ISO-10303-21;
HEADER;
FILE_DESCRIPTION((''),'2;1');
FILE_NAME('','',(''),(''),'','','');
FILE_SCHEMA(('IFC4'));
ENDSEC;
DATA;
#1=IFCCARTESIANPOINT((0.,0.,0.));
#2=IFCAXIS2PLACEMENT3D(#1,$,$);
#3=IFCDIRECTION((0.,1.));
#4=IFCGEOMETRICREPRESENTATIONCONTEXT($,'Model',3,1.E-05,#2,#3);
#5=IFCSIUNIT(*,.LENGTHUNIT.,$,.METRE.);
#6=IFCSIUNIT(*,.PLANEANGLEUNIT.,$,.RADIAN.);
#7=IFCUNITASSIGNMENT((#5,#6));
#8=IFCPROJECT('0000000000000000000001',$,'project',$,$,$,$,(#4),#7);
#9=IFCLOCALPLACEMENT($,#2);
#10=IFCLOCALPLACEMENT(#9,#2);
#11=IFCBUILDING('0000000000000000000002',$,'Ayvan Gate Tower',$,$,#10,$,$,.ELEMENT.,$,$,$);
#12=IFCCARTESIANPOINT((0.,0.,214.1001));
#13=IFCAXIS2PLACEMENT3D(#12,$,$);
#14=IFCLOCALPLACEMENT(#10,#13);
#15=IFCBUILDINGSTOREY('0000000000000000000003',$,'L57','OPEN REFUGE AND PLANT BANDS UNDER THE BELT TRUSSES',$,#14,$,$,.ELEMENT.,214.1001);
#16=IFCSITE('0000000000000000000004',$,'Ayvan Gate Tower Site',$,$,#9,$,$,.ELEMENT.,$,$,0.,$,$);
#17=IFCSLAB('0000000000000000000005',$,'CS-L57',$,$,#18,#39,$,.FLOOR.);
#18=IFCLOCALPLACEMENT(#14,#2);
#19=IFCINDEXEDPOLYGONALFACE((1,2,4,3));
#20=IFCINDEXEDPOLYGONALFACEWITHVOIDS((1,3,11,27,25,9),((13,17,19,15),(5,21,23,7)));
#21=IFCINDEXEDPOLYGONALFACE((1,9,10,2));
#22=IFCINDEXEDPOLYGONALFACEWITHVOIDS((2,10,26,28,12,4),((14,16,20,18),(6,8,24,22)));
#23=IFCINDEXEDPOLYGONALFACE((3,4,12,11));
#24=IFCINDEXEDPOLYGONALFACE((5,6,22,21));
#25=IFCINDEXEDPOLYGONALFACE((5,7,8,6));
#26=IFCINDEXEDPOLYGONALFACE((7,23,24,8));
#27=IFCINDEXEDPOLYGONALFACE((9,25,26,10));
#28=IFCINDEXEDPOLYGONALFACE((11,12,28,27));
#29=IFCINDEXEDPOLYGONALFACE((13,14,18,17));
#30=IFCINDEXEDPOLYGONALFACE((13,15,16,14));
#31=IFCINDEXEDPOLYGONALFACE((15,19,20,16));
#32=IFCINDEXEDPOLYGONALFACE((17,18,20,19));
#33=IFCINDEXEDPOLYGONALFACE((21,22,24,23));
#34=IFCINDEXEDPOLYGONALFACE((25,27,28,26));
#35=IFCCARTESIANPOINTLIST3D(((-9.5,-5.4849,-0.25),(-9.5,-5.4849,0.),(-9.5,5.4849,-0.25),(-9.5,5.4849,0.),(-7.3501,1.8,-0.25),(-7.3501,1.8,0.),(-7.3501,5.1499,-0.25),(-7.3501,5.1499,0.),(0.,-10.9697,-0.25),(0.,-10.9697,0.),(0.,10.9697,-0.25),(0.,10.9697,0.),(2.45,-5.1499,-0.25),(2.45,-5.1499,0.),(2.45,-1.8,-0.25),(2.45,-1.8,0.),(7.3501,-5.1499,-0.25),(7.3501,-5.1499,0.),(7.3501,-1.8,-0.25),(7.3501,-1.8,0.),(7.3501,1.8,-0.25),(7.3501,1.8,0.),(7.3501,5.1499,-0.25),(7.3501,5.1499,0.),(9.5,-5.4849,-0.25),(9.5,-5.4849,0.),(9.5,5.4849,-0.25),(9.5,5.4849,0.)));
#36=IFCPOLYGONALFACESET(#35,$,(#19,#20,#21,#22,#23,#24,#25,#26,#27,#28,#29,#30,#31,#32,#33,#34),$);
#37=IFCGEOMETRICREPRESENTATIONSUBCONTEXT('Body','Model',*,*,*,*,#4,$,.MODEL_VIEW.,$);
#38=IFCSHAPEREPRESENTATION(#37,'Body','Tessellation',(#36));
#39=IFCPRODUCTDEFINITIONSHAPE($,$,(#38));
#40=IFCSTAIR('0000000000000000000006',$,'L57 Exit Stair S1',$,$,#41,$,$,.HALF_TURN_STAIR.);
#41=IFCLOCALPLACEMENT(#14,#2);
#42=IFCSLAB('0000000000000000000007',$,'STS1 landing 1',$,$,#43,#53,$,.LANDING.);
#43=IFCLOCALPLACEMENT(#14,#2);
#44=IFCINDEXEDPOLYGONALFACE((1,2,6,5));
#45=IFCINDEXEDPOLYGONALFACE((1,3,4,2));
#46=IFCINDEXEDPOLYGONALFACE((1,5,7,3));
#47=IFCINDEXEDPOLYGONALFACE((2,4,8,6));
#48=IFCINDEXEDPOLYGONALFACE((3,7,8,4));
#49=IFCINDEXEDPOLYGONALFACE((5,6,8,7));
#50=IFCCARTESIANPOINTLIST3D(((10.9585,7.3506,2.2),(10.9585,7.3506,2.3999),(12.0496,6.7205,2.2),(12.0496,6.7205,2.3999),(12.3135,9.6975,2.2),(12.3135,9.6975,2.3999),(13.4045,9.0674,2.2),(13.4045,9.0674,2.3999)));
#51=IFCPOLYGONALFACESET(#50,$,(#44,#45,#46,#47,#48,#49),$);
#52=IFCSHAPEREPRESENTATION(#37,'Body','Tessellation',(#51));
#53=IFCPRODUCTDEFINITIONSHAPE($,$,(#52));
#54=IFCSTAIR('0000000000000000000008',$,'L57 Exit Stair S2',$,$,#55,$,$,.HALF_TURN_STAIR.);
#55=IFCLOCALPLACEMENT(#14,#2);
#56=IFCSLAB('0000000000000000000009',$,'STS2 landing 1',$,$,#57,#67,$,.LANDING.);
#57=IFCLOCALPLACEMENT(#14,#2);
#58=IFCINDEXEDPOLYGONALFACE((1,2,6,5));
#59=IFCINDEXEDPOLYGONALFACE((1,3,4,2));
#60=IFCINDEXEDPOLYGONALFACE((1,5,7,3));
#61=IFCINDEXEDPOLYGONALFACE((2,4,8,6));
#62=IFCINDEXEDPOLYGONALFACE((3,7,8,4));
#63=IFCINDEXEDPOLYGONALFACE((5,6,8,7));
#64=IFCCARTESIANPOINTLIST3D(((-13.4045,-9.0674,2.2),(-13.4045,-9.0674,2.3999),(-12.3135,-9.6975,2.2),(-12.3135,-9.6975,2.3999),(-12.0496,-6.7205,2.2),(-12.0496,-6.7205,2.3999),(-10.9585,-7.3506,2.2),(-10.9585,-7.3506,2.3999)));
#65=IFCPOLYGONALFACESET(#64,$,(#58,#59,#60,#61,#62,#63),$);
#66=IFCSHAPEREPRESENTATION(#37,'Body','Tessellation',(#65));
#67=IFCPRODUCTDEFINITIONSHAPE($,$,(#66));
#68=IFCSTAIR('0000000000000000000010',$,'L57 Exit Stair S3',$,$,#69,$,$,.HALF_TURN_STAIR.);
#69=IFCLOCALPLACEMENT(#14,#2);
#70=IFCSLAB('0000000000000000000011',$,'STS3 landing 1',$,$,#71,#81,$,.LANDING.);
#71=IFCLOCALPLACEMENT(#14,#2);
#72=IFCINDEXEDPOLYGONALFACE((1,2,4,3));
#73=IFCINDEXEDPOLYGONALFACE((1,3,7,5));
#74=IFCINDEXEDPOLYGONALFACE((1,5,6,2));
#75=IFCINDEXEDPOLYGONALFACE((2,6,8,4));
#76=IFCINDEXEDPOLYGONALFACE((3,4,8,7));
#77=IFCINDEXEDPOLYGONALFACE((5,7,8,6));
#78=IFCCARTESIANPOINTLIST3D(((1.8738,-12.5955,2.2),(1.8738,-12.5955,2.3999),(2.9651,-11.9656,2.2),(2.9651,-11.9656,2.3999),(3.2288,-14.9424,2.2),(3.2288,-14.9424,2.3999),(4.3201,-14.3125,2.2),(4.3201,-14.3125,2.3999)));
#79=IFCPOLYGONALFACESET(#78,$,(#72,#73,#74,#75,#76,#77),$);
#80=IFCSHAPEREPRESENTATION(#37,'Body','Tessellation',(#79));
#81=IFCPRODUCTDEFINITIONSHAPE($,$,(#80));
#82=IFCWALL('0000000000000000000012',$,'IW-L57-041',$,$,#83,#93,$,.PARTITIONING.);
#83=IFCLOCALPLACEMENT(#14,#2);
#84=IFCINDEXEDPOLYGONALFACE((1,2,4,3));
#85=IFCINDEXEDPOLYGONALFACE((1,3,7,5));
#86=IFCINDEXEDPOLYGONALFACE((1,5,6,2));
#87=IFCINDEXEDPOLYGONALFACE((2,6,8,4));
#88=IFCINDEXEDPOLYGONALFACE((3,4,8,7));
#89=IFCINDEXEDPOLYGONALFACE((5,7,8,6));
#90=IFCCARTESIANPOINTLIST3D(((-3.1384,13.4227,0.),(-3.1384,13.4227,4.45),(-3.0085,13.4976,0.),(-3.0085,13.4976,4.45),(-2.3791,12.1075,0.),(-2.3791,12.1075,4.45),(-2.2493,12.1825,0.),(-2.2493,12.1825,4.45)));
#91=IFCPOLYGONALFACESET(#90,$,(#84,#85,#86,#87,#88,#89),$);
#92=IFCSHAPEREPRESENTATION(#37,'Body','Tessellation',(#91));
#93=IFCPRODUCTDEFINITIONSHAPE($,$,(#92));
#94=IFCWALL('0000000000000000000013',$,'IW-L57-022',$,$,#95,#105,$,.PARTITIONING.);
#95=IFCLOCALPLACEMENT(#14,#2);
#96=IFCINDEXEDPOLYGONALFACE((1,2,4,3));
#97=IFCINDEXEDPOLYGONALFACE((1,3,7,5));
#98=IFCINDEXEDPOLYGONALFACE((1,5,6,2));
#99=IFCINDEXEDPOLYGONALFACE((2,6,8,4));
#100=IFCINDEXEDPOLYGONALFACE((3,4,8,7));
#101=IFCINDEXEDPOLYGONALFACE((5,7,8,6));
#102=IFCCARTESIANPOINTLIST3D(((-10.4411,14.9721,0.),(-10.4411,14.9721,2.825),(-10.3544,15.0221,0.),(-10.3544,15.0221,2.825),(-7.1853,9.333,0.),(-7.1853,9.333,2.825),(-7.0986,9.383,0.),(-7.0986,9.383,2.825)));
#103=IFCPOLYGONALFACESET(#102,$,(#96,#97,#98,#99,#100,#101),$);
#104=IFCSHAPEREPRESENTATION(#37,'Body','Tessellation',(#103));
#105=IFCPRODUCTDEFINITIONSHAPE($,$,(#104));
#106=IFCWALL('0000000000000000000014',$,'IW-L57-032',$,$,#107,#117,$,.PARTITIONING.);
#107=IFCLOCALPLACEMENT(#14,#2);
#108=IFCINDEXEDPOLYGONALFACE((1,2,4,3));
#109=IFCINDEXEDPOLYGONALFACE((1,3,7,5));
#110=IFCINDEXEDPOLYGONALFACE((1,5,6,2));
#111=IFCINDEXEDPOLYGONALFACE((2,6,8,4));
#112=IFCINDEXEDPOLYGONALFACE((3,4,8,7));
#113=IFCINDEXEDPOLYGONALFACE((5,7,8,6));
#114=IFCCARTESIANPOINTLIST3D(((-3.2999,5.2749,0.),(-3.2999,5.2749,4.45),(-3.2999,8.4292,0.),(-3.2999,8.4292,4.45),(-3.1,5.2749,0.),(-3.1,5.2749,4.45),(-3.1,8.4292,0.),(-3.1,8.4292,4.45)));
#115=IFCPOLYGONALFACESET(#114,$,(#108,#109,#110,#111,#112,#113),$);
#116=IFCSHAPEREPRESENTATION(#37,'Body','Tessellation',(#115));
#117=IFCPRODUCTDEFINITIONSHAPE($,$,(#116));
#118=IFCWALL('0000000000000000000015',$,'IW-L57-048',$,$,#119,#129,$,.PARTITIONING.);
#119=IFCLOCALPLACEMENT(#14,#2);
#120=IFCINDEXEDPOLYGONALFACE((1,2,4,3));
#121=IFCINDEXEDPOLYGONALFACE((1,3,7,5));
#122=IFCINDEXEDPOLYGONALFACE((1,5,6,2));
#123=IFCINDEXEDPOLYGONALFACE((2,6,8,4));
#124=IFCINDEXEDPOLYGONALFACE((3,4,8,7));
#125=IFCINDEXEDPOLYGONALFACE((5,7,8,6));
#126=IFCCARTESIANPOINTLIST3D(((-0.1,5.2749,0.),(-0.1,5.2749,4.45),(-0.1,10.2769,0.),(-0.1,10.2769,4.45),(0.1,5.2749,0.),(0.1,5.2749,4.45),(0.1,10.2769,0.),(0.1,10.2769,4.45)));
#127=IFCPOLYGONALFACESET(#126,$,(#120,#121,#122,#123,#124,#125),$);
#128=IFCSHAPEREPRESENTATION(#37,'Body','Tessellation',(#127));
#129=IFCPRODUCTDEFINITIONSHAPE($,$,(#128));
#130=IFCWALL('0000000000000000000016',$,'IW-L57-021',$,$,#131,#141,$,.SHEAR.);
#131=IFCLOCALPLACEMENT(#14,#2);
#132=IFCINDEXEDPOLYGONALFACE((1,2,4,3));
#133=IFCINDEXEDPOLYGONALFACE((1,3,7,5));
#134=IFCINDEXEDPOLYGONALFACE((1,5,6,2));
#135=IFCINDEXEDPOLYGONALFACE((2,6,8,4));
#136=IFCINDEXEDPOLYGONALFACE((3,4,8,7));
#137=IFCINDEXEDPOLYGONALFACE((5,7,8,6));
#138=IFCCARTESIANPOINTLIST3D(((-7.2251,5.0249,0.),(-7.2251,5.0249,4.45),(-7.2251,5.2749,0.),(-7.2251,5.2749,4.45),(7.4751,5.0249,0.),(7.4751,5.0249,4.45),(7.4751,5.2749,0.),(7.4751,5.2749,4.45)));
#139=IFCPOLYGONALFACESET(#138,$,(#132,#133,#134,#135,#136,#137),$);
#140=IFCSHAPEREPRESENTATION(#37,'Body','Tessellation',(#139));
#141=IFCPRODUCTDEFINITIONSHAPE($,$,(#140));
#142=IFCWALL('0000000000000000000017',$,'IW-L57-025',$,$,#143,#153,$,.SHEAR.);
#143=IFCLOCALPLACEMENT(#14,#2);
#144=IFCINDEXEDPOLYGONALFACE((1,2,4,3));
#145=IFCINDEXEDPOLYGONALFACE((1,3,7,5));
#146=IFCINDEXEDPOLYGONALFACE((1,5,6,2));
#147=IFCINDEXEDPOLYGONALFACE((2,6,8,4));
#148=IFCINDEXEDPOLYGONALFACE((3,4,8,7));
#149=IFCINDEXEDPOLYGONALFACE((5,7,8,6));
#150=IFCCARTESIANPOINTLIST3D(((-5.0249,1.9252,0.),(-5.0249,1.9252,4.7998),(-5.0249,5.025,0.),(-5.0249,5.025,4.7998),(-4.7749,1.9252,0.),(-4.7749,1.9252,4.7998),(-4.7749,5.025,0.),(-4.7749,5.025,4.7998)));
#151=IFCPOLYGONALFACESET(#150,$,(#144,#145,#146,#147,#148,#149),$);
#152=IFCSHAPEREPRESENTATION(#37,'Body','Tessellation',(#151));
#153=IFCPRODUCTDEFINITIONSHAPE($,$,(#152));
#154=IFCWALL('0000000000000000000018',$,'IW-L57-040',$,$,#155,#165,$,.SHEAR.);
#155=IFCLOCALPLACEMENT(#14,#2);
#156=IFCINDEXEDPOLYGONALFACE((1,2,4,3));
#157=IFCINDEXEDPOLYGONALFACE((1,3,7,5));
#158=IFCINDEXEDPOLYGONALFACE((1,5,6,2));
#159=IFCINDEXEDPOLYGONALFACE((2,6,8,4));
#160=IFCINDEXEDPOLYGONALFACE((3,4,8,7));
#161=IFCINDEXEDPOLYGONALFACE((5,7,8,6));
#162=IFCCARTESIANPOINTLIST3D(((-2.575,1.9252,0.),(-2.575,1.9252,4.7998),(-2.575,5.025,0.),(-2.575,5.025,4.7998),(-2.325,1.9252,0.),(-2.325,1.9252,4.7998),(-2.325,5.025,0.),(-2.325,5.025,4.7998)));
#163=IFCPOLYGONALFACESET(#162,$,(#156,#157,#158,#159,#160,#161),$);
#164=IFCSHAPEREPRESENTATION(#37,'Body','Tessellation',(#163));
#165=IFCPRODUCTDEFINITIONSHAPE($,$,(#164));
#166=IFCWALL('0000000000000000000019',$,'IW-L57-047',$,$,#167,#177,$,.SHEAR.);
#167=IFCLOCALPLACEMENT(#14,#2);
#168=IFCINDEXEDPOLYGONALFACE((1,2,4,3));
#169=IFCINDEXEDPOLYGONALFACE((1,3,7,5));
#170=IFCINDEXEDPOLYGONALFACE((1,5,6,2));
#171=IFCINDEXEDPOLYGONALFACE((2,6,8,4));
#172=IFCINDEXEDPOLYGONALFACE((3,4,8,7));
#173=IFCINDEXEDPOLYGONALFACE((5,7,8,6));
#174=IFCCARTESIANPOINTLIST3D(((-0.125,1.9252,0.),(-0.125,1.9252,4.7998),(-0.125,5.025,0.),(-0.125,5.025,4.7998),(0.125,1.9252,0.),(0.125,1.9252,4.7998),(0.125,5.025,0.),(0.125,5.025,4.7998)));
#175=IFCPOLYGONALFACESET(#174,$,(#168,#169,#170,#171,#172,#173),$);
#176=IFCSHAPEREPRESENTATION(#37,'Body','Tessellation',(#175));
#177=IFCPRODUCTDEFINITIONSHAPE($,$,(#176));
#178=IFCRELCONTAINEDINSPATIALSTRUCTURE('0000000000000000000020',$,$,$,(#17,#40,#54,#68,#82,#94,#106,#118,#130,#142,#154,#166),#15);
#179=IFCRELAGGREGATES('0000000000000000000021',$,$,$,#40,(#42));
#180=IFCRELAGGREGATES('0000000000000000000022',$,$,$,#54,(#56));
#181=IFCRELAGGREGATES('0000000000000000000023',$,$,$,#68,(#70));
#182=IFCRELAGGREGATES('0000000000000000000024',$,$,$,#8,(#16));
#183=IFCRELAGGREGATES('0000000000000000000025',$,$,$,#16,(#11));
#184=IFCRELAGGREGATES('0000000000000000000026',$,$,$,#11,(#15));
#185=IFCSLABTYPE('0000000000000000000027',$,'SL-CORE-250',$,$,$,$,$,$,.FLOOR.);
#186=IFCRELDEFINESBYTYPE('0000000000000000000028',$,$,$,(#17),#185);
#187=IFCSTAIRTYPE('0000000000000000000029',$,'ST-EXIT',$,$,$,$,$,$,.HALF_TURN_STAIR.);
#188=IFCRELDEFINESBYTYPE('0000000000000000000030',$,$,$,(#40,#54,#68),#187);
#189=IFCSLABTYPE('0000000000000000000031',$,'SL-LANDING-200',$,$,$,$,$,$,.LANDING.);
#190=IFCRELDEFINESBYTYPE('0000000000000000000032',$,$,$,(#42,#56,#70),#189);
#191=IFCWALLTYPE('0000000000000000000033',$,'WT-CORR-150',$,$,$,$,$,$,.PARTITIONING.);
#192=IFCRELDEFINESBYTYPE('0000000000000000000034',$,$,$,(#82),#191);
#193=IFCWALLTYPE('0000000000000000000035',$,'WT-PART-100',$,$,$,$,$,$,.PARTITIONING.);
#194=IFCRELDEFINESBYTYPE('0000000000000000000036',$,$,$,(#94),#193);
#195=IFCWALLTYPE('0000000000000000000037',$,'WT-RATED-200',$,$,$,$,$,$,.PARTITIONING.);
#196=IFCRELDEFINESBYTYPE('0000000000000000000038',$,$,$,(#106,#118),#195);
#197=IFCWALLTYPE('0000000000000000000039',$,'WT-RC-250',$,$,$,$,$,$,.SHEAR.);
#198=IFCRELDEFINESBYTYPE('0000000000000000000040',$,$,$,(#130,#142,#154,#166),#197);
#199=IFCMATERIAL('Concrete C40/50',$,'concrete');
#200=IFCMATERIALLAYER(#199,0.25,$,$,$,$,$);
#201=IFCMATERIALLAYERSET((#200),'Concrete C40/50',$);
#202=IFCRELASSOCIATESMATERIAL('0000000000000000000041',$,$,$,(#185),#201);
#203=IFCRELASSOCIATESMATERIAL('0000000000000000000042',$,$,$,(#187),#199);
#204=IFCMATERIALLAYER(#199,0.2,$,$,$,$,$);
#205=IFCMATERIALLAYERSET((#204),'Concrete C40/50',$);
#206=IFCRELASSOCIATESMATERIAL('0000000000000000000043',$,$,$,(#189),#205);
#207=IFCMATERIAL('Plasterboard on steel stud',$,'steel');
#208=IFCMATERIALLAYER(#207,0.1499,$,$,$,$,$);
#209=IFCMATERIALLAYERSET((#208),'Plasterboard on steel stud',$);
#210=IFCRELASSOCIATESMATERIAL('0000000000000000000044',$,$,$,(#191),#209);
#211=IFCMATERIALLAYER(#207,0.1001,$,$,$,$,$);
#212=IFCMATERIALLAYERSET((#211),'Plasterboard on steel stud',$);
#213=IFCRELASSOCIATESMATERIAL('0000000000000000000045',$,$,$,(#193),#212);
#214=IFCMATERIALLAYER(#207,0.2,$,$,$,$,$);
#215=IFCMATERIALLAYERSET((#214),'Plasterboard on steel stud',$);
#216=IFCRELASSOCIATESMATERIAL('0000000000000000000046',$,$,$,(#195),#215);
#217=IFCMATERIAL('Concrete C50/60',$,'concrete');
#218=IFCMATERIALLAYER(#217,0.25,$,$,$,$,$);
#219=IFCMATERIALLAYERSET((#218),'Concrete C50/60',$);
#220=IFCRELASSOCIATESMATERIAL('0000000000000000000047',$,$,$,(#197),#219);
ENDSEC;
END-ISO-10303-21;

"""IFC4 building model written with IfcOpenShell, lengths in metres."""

from ifc_helpers import new_model, si_unit, direction, frame, frame_2d, origin, place, context, subcontext, project, spatial, polyline, rectangle, outline, extrude, material, layer, layer_set, type_object, element, aggregate, save


model = new_model("IFC4")

# Units and contexts
model_context = context("Model", 3, precision=1e-05, world=origin(), true_north=direction((0.0, 1.0)))
body_context = subcontext(model_context, "Body", "Model", "MODEL_VIEW")
ifc_project = project(units=[si_unit("LENGTHUNIT", "METRE"), si_unit("PLANEANGLEUNIT", "RADIAN")], contexts=[model_context])

# Site, building, storey
site_placement = place(None, origin())
site = spatial("IfcSite", under=ifc_project, at=site_placement, Name="Ayvan Gate Tower Site", CompositionType="ELEMENT", RefElevation=0.0)
building_placement = place(site_placement, origin())
building = spatial("IfcBuilding", under=site, at=building_placement, Name="Ayvan Gate Tower", CompositionType="ELEMENT")
storey_placement = place(building_placement, frame((0.0, 0.0, 214.1001)))
storey = spatial("IfcBuildingStorey", under=building, at=storey_placement, Name="L57", Description="OPEN REFUGE AND PLANT BANDS UNDER THE BELT TRUSSES", CompositionType="ELEMENT", Elevation=214.1001)

# Slab
ifc_material_1 = material(Name="Concrete C40/50", Category="concrete")
ifc_layer_1 = layer(ifc_material_1, 0.25)
ifc_layer_set_1 = layer_set([ifc_layer_1], Name="Concrete C40/50")
slab_type_1 = type_object("IfcSlabType", Name="SL-CORE-250", PredefinedType="FLOOR", material=ifc_layer_set_1)
slab_1_placement = place(storey_placement, frame((0.0, 0.0, -0.25)))
element("IfcSlab", 1, at=slab_1_placement, inside=storey, type_object=slab_type_1, Name="CS-L57", PredefinedType="FLOOR", context=body_context, shape_type="SweptSolid", body=[
    extrude(outline(polyline([(9.5, -5.4849), (0.0, -10.9697), (-9.5, -5.4849), (-9.5, 5.4849), (0.0, 10.9697), (9.5, 5.4849), (9.5, -5.4849)]), holes=[polyline([(-7.3501, 5.1499), (-7.3501, 1.8), (7.3501, 1.8), (7.3501, 5.1499), (-7.3501, 5.1499)]), polyline([(2.45, -1.8), (2.45, -5.1499), (7.3501, -5.1499), (7.3501, -1.8), (2.45, -1.8)])]), origin(), (0.0, 0.0, 1.0), 0.25),
])

# Stairs, slabs
stair_type = type_object("IfcStairType", Name="ST-EXIT", PredefinedType="HALF_TURN_STAIR", material=ifc_material_1)
stair_1_placement = place(storey_placement, origin())
stair_1 = element("IfcStair", 2, at=stair_1_placement, inside=storey, type_object=stair_type, Name="L57 Exit Stair S1", PredefinedType="HALF_TURN_STAIR")
ifc_layer_2 = layer(ifc_material_1, 0.2)
ifc_layer_set_2 = layer_set([ifc_layer_2], Name="Concrete C40/50")
slab_type_2 = type_object("IfcSlabType", Name="SL-LANDING-200", PredefinedType="LANDING", material=ifc_layer_set_2)
slab_2_placement = place(storey_placement, frame((0.0, 0.0, 2.2)))
slab_2 = element("IfcSlab", 3, at=slab_2_placement, type_object=slab_type_2, Name="STS1 landing 1", PredefinedType="LANDING", context=body_context, shape_type="SweptSolid", body=[
    extrude(outline(polyline([(10.9585, 7.3506), (12.0496, 6.7205), (13.4045, 9.0674), (12.3135, 9.6975), (10.9585, 7.3506)])), origin(), (0.0, 0.0, 1.0), 0.2),
])
aggregate(stair_1, [slab_2])
stair_2_placement = place(storey_placement, origin())
stair_2 = element("IfcStair", 4, at=stair_2_placement, inside=storey, type_object=stair_type, Name="L57 Exit Stair S2", PredefinedType="HALF_TURN_STAIR")
slab_3_placement = place(storey_placement, frame((0.0, 0.0, 2.2)))
slab_3 = element("IfcSlab", 5, at=slab_3_placement, type_object=slab_type_2, Name="STS2 landing 1", PredefinedType="LANDING", context=body_context, shape_type="SweptSolid", body=[
    extrude(outline(polyline([(-10.9585, -7.3506), (-12.0496, -6.7205), (-13.4045, -9.0674), (-12.3135, -9.6975), (-10.9585, -7.3506)])), origin(), (0.0, 0.0, 1.0), 0.2),
])
aggregate(stair_2, [slab_3])
stair_3_placement = place(storey_placement, origin())
stair_3 = element("IfcStair", 6, at=stair_3_placement, inside=storey, type_object=stair_type, Name="L57 Exit Stair S3", PredefinedType="HALF_TURN_STAIR")
slab_4_placement = place(storey_placement, frame((0.0, 0.0, 2.2)))
slab_4 = element("IfcSlab", 7, at=slab_4_placement, type_object=slab_type_2, Name="STS3 landing 1", PredefinedType="LANDING", context=body_context, shape_type="SweptSolid", body=[
    extrude(outline(polyline([(2.9651, -11.9656), (1.8738, -12.5955), (3.2288, -14.9424), (4.3201, -14.3125), (2.9651, -11.9656)])), origin(), (0.0, 0.0, 1.0), 0.2),
])
aggregate(stair_3, [slab_4])

# Walls
ifc_material_2 = material(Name="Plasterboard on steel stud", Category="steel")
ifc_layer_3 = layer(ifc_material_2, 0.1499)
ifc_layer_set_3 = layer_set([ifc_layer_3], Name="Plasterboard on steel stud")
wall_type_1 = type_object("IfcWallType", Name="WT-CORR-150", PredefinedType="PARTITIONING", material=ifc_layer_set_3)
wall_1_placement = place(storey_placement, frame((-2.3142, 12.145, 0.0), z_axis=(0.0, 0.0, 1.0), x_axis=(-0.499978, 0.866038, 0.0)))
element("IfcWall", 8, at=wall_1_placement, inside=storey, type_object=wall_type_1, Name="IW-L57-041", PredefinedType="PARTITIONING", context=body_context, shape_type="SweptSolid", body=[
    extrude(rectangle(XDim=1.5186, YDim=0.1499, at=frame_2d((0.7593, 0.0))), origin(), (0.0, 0.0, 1.0), 4.45),
])
ifc_layer_4 = layer(ifc_material_2, 0.1001)
ifc_layer_set_4 = layer_set([ifc_layer_4], Name="Plasterboard on steel stud")
wall_type_2 = type_object("IfcWallType", Name="WT-PART-100", PredefinedType="PARTITIONING", material=ifc_layer_set_4)
wall_2_placement = place(storey_placement, frame((-7.1418, 9.3579, 0.0), z_axis=(0.0, 0.0, 1.0), x_axis=(-0.50001, 0.86602, 0.0)))
element("IfcWall", 9, at=wall_2_placement, inside=storey, type_object=wall_type_2, Name="IW-L57-022", PredefinedType="PARTITIONING", context=body_context, shape_type="SweptSolid", body=[
    extrude(rectangle(XDim=6.5115, YDim=0.1001, at=frame_2d((3.2559, 0.0))), origin(), (0.0, 0.0, 1.0), 2.825),
])
ifc_layer_5 = layer(ifc_material_2, 0.2)
ifc_layer_set_5 = layer_set([ifc_layer_5], Name="Plasterboard on steel stud")
wall_type_3 = type_object("IfcWallType", Name="WT-RATED-200", PredefinedType="PARTITIONING", material=ifc_layer_set_5)
wall_3_placement = place(storey_placement, frame((-3.2, 8.4292, 0.0), z_axis=(0.0, 0.0, 1.0), x_axis=(0.0, -1.0, 0.0)))
element("IfcWall", 10, at=wall_3_placement, inside=storey, type_object=wall_type_3, Name="IW-L57-032", PredefinedType="PARTITIONING", context=body_context, shape_type="SweptSolid", body=[
    extrude(rectangle(XDim=3.1543, YDim=0.2, at=frame_2d((1.5771, 0.0))), origin(), (0.0, 0.0, 1.0), 4.45),
])
wall_4_placement = place(storey_placement, frame((0.0, 10.2769, 0.0), z_axis=(0.0, 0.0, 1.0), x_axis=(0.0, -1.0, 0.0)))
element("IfcWall", 11, at=wall_4_placement, inside=storey, type_object=wall_type_3, Name="IW-L57-048", PredefinedType="PARTITIONING", context=body_context, shape_type="SweptSolid", body=[
    extrude(rectangle(XDim=5.002, YDim=0.2, at=frame_2d((2.501, 0.0))), origin(), (0.0, 0.0, 1.0), 4.45),
])
ifc_material_3 = material(Name="Concrete C50/60", Category="concrete")
ifc_layer_6 = layer(ifc_material_3, 0.25)
ifc_layer_set_6 = layer_set([ifc_layer_6], Name="Concrete C50/60")
wall_type_4 = type_object("IfcWallType", Name="WT-RC-250", PredefinedType="SHEAR", material=ifc_layer_set_6)
wall_5_placement = place(storey_placement, frame((-7.2251, 5.1499, 0.0), z_axis=(0.0, 0.0, 1.0), x_axis=(1.0, 0.0, 0.0)))
element("IfcWall", 12, at=wall_5_placement, inside=storey, type_object=wall_type_4, Name="IW-L57-021", PredefinedType="SHEAR", context=body_context, shape_type="SweptSolid", body=[
    extrude(rectangle(XDim=14.7002, YDim=0.25, at=frame_2d((7.3501, 0.0))), origin(), (0.0, 0.0, 1.0), 4.45),
])
for number, where, z_axis, x_axis, name in (
    (13, (-4.8999, 5.0249, 0.0), (0.0, 0.0, 1.0), (0.0, -1.0, 0.0), "IW-L57-025"),
    (14, (-2.45, 5.0249, 0.0), (0.0, 0.0, 1.0), (0.0, -1.0, 0.0), "IW-L57-040"),
    (15, (0.0, 5.0249, 0.0), (0.0, 0.0, 1.0), (0.0, -1.0, 0.0), "IW-L57-047"),
):
    element("IfcWall", number, at=place(storey_placement, frame(where, z_axis=z_axis, x_axis=x_axis)), inside=storey, type_object=wall_type_4, Name=name, PredefinedType="SHEAR", context=body_context, shape_type="SweptSolid", body=[
        extrude(rectangle(XDim=3.0999, YDim=0.25, at=frame_2d((1.5498, 0.0))), origin(), (0.0, 0.0, 1.0), 4.7998),
    ])

save(model, "model.ifc")
